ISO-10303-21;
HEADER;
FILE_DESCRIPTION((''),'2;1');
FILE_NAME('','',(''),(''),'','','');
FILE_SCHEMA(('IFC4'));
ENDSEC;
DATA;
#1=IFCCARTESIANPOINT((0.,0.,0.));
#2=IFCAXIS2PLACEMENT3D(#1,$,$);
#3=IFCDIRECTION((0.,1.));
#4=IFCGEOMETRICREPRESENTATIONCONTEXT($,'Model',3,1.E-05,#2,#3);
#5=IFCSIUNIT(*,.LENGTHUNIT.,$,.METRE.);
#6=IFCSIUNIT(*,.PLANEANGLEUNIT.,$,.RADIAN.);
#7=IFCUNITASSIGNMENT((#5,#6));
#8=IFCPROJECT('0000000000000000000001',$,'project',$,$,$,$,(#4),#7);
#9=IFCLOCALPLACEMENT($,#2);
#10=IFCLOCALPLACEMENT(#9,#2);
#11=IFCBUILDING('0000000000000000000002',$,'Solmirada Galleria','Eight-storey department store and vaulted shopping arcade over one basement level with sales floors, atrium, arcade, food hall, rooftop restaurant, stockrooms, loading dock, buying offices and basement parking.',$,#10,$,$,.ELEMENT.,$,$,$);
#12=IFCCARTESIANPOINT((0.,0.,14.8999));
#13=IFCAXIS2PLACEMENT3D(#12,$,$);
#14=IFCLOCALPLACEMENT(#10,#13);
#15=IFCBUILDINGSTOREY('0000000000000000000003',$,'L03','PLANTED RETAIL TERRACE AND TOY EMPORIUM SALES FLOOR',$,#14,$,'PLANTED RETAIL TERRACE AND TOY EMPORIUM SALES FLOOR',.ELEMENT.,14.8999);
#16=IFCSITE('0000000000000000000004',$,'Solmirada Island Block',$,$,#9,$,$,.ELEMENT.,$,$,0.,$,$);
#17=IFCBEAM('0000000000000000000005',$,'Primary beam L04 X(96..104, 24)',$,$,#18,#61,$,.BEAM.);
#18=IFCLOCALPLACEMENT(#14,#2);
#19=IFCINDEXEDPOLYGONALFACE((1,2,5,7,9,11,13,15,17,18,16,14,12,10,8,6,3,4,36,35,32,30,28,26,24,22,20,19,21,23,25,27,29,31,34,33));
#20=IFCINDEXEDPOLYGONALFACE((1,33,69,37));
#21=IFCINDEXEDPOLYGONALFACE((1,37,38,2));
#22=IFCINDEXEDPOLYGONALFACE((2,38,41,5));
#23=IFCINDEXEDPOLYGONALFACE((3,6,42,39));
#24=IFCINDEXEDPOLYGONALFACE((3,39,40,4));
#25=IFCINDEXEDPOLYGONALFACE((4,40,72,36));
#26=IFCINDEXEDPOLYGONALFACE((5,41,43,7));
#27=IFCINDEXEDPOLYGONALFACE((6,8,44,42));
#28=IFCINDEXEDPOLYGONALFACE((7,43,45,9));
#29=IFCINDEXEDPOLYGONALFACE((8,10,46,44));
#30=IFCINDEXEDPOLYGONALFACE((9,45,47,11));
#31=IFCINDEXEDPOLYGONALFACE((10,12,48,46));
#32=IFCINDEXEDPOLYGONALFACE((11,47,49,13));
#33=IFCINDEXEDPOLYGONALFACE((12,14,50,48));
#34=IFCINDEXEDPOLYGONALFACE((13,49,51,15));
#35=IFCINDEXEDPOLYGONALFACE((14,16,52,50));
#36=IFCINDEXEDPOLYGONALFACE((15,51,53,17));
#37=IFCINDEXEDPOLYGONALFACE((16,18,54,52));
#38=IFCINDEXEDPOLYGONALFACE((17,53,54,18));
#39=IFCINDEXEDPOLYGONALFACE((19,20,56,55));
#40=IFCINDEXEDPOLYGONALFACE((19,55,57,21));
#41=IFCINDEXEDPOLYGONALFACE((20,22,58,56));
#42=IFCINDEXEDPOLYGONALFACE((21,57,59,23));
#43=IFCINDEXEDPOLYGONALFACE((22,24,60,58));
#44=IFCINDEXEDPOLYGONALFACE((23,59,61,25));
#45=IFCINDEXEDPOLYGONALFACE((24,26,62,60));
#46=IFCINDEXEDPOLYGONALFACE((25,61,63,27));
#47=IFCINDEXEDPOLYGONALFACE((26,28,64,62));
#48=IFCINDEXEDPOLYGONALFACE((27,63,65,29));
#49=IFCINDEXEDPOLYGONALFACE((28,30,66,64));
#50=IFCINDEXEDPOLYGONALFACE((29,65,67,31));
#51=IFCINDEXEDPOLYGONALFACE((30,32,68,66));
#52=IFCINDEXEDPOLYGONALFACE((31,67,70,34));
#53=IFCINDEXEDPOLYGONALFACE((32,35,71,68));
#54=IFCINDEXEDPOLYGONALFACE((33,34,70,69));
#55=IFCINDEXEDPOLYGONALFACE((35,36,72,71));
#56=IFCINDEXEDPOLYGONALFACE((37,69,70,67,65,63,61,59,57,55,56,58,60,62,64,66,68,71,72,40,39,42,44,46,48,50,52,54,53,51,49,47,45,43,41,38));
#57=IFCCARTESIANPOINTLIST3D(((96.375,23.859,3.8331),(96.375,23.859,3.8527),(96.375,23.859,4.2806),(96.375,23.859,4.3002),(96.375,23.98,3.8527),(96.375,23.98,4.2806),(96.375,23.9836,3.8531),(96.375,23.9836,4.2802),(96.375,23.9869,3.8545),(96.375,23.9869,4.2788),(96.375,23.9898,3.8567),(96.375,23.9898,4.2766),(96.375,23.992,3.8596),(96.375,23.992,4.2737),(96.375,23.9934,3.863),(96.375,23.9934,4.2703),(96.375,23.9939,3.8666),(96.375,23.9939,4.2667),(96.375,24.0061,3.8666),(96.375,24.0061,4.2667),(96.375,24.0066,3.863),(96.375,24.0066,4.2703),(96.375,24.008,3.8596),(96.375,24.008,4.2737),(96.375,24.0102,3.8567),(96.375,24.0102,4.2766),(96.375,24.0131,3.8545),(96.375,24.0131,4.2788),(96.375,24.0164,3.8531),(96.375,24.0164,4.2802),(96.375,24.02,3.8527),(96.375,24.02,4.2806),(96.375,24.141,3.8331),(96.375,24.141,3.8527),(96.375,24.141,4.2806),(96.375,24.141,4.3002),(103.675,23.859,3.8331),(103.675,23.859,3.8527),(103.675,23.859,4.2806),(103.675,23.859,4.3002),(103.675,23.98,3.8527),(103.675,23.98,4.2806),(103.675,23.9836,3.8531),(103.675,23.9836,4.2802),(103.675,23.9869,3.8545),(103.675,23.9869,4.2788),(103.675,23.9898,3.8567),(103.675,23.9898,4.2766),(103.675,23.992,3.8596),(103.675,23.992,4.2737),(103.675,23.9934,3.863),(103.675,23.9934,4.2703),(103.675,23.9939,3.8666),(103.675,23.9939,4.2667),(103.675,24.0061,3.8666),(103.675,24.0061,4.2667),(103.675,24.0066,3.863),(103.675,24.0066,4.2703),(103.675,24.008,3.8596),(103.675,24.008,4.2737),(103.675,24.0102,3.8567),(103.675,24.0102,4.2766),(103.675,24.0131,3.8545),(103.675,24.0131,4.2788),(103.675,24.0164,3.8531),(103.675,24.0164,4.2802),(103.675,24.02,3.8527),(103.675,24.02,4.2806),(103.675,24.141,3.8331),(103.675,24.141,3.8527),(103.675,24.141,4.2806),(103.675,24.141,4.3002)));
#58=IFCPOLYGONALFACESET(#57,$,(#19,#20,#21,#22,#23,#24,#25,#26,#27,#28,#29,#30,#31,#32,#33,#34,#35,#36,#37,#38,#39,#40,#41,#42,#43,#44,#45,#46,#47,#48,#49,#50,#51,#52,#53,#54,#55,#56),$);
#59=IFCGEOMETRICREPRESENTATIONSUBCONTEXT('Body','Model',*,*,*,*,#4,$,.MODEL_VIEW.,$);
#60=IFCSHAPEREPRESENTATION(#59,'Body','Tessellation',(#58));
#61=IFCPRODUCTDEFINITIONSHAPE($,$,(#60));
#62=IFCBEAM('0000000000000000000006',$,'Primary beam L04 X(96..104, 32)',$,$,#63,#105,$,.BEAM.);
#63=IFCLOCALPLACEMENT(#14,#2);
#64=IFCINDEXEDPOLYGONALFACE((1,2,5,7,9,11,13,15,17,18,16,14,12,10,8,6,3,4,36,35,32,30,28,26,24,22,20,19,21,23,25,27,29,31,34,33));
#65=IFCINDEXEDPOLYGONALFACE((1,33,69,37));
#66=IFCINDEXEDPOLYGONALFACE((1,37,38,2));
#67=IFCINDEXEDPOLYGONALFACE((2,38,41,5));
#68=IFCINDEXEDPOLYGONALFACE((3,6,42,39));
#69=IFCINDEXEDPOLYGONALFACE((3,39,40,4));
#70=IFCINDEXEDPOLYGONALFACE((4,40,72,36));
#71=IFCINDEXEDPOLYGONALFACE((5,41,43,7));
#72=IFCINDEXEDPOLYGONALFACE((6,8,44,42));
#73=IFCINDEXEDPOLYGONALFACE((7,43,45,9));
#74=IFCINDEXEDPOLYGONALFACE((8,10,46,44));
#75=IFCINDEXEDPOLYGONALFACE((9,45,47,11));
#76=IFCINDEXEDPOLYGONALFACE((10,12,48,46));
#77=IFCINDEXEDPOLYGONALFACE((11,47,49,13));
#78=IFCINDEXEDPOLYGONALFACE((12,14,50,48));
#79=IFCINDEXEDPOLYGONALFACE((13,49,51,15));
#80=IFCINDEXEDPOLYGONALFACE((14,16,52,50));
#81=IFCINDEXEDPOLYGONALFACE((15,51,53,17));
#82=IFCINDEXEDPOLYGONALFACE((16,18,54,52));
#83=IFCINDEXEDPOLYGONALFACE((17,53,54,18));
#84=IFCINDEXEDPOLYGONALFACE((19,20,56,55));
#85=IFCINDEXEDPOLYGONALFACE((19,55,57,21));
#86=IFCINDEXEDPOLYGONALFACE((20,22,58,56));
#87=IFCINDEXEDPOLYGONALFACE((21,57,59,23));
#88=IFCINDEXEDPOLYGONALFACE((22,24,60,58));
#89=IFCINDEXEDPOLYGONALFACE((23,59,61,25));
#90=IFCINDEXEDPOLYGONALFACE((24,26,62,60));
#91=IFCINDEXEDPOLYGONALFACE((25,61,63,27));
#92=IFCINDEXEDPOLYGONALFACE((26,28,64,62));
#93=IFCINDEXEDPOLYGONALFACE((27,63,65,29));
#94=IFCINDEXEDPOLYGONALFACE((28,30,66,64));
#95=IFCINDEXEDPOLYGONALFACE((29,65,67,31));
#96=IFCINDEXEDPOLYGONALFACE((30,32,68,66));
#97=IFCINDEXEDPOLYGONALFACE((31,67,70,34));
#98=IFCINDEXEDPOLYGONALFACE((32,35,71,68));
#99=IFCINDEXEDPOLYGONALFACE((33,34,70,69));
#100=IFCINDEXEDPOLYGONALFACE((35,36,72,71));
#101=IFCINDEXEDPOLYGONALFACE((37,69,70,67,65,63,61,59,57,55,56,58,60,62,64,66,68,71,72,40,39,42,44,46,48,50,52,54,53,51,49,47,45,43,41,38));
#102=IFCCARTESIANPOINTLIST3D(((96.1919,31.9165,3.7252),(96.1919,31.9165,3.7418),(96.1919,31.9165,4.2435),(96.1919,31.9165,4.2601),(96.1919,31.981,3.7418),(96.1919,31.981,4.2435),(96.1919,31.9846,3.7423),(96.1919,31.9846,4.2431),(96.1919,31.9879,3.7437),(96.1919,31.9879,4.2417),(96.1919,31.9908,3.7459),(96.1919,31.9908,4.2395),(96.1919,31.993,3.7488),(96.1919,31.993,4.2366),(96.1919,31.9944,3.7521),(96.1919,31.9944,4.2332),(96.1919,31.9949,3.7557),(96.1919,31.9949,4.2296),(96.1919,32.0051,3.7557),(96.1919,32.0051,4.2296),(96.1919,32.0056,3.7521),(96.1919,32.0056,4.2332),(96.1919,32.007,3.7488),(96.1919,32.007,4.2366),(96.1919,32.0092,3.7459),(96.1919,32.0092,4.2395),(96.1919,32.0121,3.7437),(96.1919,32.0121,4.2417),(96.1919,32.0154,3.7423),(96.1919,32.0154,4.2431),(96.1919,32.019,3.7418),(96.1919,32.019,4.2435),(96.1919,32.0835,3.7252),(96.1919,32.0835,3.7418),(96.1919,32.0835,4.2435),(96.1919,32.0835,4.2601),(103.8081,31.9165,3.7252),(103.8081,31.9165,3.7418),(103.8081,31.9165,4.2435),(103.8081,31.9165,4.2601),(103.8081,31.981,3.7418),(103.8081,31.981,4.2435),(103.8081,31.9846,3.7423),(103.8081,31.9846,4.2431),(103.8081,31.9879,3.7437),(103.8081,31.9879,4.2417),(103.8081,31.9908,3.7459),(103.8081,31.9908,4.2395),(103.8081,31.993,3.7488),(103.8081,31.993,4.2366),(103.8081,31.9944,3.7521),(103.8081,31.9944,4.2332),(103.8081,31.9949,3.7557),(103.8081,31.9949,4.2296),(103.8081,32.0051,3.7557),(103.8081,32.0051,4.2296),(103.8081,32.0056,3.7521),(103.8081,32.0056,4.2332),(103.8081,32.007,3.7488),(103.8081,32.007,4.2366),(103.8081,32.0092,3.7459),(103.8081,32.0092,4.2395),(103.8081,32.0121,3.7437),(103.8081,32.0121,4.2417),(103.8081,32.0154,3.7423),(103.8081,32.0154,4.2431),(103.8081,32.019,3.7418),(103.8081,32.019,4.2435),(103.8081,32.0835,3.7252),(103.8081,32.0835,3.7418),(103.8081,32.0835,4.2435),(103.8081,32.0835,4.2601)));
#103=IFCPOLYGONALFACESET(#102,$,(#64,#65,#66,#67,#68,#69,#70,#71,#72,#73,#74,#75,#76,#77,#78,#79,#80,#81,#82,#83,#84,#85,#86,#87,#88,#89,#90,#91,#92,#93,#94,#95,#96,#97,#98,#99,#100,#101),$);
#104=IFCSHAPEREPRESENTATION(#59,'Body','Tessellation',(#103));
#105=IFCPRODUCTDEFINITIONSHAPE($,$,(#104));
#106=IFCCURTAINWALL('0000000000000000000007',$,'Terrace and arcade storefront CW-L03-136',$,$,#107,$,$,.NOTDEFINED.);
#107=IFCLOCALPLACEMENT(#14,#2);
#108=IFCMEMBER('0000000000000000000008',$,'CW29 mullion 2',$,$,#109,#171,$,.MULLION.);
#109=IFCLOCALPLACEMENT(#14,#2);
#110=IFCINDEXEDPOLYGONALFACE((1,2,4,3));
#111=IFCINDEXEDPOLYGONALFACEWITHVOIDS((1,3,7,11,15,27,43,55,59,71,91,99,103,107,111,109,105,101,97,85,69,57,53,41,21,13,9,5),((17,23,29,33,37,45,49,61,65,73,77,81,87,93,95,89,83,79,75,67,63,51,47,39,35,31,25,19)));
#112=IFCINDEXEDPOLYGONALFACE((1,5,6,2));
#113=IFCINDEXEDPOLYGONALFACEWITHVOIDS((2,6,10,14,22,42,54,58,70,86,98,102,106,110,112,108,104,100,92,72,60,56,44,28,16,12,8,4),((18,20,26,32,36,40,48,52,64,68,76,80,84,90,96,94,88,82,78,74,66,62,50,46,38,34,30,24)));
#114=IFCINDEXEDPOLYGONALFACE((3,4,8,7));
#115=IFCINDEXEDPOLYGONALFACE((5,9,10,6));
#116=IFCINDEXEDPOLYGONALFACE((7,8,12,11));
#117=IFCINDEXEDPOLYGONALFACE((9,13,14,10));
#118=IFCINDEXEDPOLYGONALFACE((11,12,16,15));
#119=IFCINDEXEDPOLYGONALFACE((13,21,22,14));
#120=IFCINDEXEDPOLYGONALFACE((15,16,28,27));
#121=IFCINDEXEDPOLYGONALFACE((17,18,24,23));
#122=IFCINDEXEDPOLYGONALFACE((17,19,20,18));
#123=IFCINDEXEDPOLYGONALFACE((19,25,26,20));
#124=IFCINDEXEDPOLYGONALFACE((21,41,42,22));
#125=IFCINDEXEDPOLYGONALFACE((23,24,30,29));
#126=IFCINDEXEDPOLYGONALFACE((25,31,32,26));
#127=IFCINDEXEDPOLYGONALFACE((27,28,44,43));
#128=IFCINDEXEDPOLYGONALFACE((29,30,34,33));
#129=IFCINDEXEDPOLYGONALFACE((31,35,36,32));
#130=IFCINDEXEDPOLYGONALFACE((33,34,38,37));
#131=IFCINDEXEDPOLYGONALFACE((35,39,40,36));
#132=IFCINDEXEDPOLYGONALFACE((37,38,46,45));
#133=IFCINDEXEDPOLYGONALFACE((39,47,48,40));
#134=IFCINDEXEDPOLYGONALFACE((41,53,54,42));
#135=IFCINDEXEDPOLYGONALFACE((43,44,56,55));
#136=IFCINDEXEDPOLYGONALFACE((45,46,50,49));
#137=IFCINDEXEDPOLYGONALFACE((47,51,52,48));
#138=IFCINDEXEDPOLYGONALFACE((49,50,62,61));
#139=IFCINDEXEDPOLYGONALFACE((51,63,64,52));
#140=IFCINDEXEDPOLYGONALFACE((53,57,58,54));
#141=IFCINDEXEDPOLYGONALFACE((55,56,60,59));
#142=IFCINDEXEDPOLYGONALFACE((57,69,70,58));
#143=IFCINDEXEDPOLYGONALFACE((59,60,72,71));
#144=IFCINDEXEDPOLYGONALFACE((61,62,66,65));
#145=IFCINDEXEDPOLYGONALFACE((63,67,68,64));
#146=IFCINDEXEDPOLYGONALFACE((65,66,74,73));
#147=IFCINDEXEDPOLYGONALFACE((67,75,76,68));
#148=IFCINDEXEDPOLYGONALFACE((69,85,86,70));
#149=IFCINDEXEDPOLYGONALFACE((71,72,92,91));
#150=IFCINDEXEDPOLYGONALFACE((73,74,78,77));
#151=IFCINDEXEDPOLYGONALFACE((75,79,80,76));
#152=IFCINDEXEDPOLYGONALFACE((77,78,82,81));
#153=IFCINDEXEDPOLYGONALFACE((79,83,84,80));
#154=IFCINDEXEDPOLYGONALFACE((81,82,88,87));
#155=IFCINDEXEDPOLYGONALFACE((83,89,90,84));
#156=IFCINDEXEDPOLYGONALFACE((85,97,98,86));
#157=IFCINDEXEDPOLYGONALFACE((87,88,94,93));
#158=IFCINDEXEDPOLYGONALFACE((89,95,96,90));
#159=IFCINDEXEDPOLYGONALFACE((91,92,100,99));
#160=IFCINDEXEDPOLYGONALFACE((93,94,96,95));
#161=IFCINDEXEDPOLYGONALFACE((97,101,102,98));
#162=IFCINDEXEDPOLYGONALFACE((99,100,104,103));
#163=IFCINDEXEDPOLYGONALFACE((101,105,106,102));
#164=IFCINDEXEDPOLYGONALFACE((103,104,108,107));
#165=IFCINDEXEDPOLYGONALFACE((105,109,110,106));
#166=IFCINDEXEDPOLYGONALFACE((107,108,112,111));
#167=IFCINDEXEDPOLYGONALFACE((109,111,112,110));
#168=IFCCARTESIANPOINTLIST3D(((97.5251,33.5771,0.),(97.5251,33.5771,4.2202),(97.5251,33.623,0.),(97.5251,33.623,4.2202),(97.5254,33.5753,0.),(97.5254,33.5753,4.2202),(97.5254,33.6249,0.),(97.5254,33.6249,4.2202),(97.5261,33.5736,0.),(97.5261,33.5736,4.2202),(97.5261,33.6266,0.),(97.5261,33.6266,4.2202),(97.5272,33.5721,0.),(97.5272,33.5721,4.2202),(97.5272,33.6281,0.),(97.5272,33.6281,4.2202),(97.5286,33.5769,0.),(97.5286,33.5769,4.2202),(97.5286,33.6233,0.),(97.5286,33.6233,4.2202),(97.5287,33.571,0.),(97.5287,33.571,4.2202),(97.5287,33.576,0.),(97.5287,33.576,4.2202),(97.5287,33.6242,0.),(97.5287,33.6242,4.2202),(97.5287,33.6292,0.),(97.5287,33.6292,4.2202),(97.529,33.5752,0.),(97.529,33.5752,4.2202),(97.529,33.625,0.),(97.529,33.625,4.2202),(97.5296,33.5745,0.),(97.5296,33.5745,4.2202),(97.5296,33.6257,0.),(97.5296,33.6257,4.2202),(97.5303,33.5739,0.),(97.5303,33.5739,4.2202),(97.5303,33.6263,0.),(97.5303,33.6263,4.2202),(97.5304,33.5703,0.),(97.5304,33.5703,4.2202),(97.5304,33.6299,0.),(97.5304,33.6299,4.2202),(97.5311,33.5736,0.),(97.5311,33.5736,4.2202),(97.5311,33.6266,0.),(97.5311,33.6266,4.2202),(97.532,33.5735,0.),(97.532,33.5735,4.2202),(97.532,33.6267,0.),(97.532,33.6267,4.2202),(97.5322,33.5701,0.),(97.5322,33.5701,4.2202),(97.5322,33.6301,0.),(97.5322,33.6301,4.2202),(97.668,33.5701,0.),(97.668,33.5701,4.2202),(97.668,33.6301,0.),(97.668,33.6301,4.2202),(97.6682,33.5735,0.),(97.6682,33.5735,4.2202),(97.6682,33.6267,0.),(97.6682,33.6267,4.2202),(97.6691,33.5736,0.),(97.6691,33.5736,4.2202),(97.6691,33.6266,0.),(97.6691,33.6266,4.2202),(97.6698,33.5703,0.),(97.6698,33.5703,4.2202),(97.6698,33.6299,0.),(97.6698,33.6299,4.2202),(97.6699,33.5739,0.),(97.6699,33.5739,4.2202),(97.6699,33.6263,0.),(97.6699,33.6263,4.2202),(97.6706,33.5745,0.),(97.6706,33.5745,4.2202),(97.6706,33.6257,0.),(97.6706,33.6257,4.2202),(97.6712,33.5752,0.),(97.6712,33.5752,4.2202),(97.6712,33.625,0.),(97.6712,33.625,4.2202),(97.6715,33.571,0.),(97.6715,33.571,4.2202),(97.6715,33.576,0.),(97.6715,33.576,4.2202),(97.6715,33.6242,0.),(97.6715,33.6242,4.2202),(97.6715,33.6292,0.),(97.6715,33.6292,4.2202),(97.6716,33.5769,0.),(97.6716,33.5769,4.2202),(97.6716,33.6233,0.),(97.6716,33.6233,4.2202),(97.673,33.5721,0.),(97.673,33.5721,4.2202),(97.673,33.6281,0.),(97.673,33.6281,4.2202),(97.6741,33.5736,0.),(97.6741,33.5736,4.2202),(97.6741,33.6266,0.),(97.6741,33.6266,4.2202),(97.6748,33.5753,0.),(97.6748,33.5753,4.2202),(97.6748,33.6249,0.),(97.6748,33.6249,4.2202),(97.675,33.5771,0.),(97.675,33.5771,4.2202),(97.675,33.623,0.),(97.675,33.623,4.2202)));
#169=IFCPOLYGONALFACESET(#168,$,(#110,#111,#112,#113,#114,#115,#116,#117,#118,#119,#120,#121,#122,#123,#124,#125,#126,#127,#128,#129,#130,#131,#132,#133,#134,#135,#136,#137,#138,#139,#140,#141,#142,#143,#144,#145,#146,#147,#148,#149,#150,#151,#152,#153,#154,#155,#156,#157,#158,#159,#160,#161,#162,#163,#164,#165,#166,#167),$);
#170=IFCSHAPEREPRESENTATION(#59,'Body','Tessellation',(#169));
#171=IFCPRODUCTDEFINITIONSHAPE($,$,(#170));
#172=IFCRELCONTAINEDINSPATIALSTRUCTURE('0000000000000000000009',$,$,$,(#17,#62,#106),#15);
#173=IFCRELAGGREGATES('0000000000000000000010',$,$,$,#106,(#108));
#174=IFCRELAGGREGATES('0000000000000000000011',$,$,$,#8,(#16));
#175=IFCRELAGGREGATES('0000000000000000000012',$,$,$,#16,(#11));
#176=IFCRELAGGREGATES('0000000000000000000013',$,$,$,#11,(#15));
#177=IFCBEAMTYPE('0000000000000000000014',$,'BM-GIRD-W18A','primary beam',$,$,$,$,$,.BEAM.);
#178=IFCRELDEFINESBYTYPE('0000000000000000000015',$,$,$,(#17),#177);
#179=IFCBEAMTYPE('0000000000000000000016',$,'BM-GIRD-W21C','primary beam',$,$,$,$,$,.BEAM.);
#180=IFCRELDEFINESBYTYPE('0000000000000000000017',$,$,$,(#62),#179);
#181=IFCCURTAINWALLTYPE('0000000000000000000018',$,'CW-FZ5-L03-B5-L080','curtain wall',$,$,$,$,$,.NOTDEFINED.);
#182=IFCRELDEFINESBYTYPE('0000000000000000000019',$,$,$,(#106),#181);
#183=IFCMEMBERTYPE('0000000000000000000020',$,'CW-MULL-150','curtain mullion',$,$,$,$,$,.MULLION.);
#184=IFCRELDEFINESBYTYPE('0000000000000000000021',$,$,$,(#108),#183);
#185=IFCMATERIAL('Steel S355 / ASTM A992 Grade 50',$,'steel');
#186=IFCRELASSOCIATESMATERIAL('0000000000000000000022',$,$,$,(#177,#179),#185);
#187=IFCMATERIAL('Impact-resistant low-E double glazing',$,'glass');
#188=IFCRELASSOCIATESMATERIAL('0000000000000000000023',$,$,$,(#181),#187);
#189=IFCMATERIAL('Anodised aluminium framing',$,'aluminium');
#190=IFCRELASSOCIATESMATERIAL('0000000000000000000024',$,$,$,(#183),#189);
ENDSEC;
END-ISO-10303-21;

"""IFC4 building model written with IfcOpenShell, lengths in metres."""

from ifc_helpers import new_model, si_unit, direction, frame, origin, origin_2d, place, context, subcontext, project, spatial, hollow_rectangle, i_section, extrude, material, material_profile, profile_set, type_object, element, aggregate, save


model = new_model("IFC4")

# Units and contexts
model_context = context("Model", 3, precision=1e-05, world=origin(), true_north=direction((0.0, 1.0)))
body_context = subcontext(model_context, "Body", "Model", "MODEL_VIEW")
ifc_project = project(units=[si_unit("LENGTHUNIT", "METRE"), si_unit("PLANEANGLEUNIT", "RADIAN")], contexts=[model_context])

# Site, building, storey
site_placement = place(None, origin())
site = spatial("IfcSite", under=ifc_project, at=site_placement, Name="Solmirada Island Block", CompositionType="ELEMENT", RefElevation=0.0)
building_placement = place(site_placement, origin())
building = spatial("IfcBuilding", under=site, at=building_placement, Name="Solmirada Galleria", Description="Eight-storey department store and vaulted shopping arcade over one basement level with sales floors, atrium, arcade, food hall, rooftop restaurant, stockrooms, loading dock, buying offices and basement parking.", CompositionType="ELEMENT")
storey_placement = place(building_placement, frame((0.0, 0.0, 14.8999)))
storey = spatial("IfcBuildingStorey", under=building, at=storey_placement, Name="L03", Description="PLANTED RETAIL TERRACE AND TOY EMPORIUM SALES FLOOR", LongName="PLANTED RETAIL TERRACE AND TOY EMPORIUM SALES FLOOR", CompositionType="ELEMENT", Elevation=14.8999)

# Beams
ifc_material_1 = material(Name="Steel S355 / ASTM A992 Grade 50", Category="steel")
ifc_material_profile_1 = material_profile(ifc_material_1, i_section(OverallWidth=0.282, OverallDepth=0.467, WebThickness=0.0122, FlangeThickness=0.0195, FilletRadius=0.0139, at=origin_2d()), Name="W18X86")
ifc_profile_set_1 = profile_set([ifc_material_profile_1], Name="Steel S355 / ASTM A992 Grade 50")
beam_type_1 = type_object("IfcBeamType", Name="BM-GIRD-W18A", Description="primary beam", PredefinedType="BEAM", material=ifc_profile_set_1)
beam_1_placement = place(storey_placement, frame((96.375, 24.0, 4.0667), z_axis=(1.0, 0.0, 0.0), x_axis=(0.0, 1.0, 0.0)))
element("IfcBeam", 1, at=beam_1_placement, inside=storey, type_object=beam_type_1, Name="Primary beam L04 X(96..104, 24)", PredefinedType="BEAM", context=body_context, shape_type="SweptSolid", body=[
    extrude(i_section(OverallWidth=0.282, OverallDepth=0.467, WebThickness=0.0122, FlangeThickness=0.0195, FilletRadius=0.0139, at=origin_2d()), origin(), (0.0, 0.0, 1.0), 7.3),
])
ifc_material_profile_2 = material_profile(ifc_material_1, i_section(OverallWidth=0.167, OverallDepth=0.5349, WebThickness=0.0103, FlangeThickness=0.0166, FilletRadius=0.0139, at=origin_2d()), Name="W21X57")
ifc_profile_set_2 = profile_set([ifc_material_profile_2], Name="Steel S355 / ASTM A992 Grade 50")
beam_type_2 = type_object("IfcBeamType", Name="BM-GIRD-W21C", Description="primary beam", PredefinedType="BEAM", material=ifc_profile_set_2)
beam_2_placement = place(storey_placement, frame((96.1919, 32.0, 3.9927), z_axis=(1.0, 0.0, 0.0), x_axis=(0.0, 1.0, 0.0)))
element("IfcBeam", 2, at=beam_2_placement, inside=storey, type_object=beam_type_2, Name="Primary beam L04 X(96..104, 32)", PredefinedType="BEAM", context=body_context, shape_type="SweptSolid", body=[
    extrude(i_section(OverallWidth=0.167, OverallDepth=0.5349, WebThickness=0.0103, FlangeThickness=0.0166, FilletRadius=0.0139, at=origin_2d()), origin(), (0.0, 0.0, 1.0), 7.6162),
])

# Curtain wall, member
ifc_material_2 = material(Name="Impact-resistant low-E double glazing", Category="glass")
curtain_wall_type = type_object("IfcCurtainWallType", Name="CW-FZ5-L03-B5-L080", Description="curtain wall", PredefinedType="NOTDEFINED", material=ifc_material_2)
curtain_wall_placement = place(storey_placement, origin())
curtain_wall = element("IfcCurtainWall", 3, at=curtain_wall_placement, inside=storey, type_object=curtain_wall_type, Name="Terrace and arcade storefront CW-L03-136", PredefinedType="NOTDEFINED")
ifc_material_3 = material(Name="Anodised aluminium framing", Category="aluminium")
ifc_material_profile_3 = material_profile(ifc_material_3, hollow_rectangle(XDim=0.0601, YDim=0.1499, WallThickness=0.0034, InnerFilletRadius=0.0034, OuterFilletRadius=0.0071, at=origin_2d()), Name="ALU-MULL-150X60")
ifc_profile_set_3 = profile_set([ifc_material_profile_3], Name="Anodised aluminium framing")
member_type_1 = type_object("IfcMemberType", Name="CW-MULL-150", Description="curtain mullion", PredefinedType="MULLION", material=ifc_profile_set_3)
member_1_placement = place(storey_placement, frame((97.6001, 33.6001, 0.0), z_axis=(0.0, 0.0, 1.0), x_axis=(0.0, 1.0, 0.0)))
member_1 = element("IfcMember", 4, at=member_1_placement, type_object=member_type_1, Name="CW29 mullion 2", PredefinedType="MULLION", context=body_context, shape_type="SweptSolid", body=[
    extrude(hollow_rectangle(XDim=0.0601, YDim=0.1499, WallThickness=0.0034, InnerFilletRadius=0.0034, OuterFilletRadius=0.0071, at=origin_2d()), origin(), (0.0, 0.0, 1.0), 4.2202),
])
aggregate(curtain_wall, [member_1])

save(model, "model.ifc")
